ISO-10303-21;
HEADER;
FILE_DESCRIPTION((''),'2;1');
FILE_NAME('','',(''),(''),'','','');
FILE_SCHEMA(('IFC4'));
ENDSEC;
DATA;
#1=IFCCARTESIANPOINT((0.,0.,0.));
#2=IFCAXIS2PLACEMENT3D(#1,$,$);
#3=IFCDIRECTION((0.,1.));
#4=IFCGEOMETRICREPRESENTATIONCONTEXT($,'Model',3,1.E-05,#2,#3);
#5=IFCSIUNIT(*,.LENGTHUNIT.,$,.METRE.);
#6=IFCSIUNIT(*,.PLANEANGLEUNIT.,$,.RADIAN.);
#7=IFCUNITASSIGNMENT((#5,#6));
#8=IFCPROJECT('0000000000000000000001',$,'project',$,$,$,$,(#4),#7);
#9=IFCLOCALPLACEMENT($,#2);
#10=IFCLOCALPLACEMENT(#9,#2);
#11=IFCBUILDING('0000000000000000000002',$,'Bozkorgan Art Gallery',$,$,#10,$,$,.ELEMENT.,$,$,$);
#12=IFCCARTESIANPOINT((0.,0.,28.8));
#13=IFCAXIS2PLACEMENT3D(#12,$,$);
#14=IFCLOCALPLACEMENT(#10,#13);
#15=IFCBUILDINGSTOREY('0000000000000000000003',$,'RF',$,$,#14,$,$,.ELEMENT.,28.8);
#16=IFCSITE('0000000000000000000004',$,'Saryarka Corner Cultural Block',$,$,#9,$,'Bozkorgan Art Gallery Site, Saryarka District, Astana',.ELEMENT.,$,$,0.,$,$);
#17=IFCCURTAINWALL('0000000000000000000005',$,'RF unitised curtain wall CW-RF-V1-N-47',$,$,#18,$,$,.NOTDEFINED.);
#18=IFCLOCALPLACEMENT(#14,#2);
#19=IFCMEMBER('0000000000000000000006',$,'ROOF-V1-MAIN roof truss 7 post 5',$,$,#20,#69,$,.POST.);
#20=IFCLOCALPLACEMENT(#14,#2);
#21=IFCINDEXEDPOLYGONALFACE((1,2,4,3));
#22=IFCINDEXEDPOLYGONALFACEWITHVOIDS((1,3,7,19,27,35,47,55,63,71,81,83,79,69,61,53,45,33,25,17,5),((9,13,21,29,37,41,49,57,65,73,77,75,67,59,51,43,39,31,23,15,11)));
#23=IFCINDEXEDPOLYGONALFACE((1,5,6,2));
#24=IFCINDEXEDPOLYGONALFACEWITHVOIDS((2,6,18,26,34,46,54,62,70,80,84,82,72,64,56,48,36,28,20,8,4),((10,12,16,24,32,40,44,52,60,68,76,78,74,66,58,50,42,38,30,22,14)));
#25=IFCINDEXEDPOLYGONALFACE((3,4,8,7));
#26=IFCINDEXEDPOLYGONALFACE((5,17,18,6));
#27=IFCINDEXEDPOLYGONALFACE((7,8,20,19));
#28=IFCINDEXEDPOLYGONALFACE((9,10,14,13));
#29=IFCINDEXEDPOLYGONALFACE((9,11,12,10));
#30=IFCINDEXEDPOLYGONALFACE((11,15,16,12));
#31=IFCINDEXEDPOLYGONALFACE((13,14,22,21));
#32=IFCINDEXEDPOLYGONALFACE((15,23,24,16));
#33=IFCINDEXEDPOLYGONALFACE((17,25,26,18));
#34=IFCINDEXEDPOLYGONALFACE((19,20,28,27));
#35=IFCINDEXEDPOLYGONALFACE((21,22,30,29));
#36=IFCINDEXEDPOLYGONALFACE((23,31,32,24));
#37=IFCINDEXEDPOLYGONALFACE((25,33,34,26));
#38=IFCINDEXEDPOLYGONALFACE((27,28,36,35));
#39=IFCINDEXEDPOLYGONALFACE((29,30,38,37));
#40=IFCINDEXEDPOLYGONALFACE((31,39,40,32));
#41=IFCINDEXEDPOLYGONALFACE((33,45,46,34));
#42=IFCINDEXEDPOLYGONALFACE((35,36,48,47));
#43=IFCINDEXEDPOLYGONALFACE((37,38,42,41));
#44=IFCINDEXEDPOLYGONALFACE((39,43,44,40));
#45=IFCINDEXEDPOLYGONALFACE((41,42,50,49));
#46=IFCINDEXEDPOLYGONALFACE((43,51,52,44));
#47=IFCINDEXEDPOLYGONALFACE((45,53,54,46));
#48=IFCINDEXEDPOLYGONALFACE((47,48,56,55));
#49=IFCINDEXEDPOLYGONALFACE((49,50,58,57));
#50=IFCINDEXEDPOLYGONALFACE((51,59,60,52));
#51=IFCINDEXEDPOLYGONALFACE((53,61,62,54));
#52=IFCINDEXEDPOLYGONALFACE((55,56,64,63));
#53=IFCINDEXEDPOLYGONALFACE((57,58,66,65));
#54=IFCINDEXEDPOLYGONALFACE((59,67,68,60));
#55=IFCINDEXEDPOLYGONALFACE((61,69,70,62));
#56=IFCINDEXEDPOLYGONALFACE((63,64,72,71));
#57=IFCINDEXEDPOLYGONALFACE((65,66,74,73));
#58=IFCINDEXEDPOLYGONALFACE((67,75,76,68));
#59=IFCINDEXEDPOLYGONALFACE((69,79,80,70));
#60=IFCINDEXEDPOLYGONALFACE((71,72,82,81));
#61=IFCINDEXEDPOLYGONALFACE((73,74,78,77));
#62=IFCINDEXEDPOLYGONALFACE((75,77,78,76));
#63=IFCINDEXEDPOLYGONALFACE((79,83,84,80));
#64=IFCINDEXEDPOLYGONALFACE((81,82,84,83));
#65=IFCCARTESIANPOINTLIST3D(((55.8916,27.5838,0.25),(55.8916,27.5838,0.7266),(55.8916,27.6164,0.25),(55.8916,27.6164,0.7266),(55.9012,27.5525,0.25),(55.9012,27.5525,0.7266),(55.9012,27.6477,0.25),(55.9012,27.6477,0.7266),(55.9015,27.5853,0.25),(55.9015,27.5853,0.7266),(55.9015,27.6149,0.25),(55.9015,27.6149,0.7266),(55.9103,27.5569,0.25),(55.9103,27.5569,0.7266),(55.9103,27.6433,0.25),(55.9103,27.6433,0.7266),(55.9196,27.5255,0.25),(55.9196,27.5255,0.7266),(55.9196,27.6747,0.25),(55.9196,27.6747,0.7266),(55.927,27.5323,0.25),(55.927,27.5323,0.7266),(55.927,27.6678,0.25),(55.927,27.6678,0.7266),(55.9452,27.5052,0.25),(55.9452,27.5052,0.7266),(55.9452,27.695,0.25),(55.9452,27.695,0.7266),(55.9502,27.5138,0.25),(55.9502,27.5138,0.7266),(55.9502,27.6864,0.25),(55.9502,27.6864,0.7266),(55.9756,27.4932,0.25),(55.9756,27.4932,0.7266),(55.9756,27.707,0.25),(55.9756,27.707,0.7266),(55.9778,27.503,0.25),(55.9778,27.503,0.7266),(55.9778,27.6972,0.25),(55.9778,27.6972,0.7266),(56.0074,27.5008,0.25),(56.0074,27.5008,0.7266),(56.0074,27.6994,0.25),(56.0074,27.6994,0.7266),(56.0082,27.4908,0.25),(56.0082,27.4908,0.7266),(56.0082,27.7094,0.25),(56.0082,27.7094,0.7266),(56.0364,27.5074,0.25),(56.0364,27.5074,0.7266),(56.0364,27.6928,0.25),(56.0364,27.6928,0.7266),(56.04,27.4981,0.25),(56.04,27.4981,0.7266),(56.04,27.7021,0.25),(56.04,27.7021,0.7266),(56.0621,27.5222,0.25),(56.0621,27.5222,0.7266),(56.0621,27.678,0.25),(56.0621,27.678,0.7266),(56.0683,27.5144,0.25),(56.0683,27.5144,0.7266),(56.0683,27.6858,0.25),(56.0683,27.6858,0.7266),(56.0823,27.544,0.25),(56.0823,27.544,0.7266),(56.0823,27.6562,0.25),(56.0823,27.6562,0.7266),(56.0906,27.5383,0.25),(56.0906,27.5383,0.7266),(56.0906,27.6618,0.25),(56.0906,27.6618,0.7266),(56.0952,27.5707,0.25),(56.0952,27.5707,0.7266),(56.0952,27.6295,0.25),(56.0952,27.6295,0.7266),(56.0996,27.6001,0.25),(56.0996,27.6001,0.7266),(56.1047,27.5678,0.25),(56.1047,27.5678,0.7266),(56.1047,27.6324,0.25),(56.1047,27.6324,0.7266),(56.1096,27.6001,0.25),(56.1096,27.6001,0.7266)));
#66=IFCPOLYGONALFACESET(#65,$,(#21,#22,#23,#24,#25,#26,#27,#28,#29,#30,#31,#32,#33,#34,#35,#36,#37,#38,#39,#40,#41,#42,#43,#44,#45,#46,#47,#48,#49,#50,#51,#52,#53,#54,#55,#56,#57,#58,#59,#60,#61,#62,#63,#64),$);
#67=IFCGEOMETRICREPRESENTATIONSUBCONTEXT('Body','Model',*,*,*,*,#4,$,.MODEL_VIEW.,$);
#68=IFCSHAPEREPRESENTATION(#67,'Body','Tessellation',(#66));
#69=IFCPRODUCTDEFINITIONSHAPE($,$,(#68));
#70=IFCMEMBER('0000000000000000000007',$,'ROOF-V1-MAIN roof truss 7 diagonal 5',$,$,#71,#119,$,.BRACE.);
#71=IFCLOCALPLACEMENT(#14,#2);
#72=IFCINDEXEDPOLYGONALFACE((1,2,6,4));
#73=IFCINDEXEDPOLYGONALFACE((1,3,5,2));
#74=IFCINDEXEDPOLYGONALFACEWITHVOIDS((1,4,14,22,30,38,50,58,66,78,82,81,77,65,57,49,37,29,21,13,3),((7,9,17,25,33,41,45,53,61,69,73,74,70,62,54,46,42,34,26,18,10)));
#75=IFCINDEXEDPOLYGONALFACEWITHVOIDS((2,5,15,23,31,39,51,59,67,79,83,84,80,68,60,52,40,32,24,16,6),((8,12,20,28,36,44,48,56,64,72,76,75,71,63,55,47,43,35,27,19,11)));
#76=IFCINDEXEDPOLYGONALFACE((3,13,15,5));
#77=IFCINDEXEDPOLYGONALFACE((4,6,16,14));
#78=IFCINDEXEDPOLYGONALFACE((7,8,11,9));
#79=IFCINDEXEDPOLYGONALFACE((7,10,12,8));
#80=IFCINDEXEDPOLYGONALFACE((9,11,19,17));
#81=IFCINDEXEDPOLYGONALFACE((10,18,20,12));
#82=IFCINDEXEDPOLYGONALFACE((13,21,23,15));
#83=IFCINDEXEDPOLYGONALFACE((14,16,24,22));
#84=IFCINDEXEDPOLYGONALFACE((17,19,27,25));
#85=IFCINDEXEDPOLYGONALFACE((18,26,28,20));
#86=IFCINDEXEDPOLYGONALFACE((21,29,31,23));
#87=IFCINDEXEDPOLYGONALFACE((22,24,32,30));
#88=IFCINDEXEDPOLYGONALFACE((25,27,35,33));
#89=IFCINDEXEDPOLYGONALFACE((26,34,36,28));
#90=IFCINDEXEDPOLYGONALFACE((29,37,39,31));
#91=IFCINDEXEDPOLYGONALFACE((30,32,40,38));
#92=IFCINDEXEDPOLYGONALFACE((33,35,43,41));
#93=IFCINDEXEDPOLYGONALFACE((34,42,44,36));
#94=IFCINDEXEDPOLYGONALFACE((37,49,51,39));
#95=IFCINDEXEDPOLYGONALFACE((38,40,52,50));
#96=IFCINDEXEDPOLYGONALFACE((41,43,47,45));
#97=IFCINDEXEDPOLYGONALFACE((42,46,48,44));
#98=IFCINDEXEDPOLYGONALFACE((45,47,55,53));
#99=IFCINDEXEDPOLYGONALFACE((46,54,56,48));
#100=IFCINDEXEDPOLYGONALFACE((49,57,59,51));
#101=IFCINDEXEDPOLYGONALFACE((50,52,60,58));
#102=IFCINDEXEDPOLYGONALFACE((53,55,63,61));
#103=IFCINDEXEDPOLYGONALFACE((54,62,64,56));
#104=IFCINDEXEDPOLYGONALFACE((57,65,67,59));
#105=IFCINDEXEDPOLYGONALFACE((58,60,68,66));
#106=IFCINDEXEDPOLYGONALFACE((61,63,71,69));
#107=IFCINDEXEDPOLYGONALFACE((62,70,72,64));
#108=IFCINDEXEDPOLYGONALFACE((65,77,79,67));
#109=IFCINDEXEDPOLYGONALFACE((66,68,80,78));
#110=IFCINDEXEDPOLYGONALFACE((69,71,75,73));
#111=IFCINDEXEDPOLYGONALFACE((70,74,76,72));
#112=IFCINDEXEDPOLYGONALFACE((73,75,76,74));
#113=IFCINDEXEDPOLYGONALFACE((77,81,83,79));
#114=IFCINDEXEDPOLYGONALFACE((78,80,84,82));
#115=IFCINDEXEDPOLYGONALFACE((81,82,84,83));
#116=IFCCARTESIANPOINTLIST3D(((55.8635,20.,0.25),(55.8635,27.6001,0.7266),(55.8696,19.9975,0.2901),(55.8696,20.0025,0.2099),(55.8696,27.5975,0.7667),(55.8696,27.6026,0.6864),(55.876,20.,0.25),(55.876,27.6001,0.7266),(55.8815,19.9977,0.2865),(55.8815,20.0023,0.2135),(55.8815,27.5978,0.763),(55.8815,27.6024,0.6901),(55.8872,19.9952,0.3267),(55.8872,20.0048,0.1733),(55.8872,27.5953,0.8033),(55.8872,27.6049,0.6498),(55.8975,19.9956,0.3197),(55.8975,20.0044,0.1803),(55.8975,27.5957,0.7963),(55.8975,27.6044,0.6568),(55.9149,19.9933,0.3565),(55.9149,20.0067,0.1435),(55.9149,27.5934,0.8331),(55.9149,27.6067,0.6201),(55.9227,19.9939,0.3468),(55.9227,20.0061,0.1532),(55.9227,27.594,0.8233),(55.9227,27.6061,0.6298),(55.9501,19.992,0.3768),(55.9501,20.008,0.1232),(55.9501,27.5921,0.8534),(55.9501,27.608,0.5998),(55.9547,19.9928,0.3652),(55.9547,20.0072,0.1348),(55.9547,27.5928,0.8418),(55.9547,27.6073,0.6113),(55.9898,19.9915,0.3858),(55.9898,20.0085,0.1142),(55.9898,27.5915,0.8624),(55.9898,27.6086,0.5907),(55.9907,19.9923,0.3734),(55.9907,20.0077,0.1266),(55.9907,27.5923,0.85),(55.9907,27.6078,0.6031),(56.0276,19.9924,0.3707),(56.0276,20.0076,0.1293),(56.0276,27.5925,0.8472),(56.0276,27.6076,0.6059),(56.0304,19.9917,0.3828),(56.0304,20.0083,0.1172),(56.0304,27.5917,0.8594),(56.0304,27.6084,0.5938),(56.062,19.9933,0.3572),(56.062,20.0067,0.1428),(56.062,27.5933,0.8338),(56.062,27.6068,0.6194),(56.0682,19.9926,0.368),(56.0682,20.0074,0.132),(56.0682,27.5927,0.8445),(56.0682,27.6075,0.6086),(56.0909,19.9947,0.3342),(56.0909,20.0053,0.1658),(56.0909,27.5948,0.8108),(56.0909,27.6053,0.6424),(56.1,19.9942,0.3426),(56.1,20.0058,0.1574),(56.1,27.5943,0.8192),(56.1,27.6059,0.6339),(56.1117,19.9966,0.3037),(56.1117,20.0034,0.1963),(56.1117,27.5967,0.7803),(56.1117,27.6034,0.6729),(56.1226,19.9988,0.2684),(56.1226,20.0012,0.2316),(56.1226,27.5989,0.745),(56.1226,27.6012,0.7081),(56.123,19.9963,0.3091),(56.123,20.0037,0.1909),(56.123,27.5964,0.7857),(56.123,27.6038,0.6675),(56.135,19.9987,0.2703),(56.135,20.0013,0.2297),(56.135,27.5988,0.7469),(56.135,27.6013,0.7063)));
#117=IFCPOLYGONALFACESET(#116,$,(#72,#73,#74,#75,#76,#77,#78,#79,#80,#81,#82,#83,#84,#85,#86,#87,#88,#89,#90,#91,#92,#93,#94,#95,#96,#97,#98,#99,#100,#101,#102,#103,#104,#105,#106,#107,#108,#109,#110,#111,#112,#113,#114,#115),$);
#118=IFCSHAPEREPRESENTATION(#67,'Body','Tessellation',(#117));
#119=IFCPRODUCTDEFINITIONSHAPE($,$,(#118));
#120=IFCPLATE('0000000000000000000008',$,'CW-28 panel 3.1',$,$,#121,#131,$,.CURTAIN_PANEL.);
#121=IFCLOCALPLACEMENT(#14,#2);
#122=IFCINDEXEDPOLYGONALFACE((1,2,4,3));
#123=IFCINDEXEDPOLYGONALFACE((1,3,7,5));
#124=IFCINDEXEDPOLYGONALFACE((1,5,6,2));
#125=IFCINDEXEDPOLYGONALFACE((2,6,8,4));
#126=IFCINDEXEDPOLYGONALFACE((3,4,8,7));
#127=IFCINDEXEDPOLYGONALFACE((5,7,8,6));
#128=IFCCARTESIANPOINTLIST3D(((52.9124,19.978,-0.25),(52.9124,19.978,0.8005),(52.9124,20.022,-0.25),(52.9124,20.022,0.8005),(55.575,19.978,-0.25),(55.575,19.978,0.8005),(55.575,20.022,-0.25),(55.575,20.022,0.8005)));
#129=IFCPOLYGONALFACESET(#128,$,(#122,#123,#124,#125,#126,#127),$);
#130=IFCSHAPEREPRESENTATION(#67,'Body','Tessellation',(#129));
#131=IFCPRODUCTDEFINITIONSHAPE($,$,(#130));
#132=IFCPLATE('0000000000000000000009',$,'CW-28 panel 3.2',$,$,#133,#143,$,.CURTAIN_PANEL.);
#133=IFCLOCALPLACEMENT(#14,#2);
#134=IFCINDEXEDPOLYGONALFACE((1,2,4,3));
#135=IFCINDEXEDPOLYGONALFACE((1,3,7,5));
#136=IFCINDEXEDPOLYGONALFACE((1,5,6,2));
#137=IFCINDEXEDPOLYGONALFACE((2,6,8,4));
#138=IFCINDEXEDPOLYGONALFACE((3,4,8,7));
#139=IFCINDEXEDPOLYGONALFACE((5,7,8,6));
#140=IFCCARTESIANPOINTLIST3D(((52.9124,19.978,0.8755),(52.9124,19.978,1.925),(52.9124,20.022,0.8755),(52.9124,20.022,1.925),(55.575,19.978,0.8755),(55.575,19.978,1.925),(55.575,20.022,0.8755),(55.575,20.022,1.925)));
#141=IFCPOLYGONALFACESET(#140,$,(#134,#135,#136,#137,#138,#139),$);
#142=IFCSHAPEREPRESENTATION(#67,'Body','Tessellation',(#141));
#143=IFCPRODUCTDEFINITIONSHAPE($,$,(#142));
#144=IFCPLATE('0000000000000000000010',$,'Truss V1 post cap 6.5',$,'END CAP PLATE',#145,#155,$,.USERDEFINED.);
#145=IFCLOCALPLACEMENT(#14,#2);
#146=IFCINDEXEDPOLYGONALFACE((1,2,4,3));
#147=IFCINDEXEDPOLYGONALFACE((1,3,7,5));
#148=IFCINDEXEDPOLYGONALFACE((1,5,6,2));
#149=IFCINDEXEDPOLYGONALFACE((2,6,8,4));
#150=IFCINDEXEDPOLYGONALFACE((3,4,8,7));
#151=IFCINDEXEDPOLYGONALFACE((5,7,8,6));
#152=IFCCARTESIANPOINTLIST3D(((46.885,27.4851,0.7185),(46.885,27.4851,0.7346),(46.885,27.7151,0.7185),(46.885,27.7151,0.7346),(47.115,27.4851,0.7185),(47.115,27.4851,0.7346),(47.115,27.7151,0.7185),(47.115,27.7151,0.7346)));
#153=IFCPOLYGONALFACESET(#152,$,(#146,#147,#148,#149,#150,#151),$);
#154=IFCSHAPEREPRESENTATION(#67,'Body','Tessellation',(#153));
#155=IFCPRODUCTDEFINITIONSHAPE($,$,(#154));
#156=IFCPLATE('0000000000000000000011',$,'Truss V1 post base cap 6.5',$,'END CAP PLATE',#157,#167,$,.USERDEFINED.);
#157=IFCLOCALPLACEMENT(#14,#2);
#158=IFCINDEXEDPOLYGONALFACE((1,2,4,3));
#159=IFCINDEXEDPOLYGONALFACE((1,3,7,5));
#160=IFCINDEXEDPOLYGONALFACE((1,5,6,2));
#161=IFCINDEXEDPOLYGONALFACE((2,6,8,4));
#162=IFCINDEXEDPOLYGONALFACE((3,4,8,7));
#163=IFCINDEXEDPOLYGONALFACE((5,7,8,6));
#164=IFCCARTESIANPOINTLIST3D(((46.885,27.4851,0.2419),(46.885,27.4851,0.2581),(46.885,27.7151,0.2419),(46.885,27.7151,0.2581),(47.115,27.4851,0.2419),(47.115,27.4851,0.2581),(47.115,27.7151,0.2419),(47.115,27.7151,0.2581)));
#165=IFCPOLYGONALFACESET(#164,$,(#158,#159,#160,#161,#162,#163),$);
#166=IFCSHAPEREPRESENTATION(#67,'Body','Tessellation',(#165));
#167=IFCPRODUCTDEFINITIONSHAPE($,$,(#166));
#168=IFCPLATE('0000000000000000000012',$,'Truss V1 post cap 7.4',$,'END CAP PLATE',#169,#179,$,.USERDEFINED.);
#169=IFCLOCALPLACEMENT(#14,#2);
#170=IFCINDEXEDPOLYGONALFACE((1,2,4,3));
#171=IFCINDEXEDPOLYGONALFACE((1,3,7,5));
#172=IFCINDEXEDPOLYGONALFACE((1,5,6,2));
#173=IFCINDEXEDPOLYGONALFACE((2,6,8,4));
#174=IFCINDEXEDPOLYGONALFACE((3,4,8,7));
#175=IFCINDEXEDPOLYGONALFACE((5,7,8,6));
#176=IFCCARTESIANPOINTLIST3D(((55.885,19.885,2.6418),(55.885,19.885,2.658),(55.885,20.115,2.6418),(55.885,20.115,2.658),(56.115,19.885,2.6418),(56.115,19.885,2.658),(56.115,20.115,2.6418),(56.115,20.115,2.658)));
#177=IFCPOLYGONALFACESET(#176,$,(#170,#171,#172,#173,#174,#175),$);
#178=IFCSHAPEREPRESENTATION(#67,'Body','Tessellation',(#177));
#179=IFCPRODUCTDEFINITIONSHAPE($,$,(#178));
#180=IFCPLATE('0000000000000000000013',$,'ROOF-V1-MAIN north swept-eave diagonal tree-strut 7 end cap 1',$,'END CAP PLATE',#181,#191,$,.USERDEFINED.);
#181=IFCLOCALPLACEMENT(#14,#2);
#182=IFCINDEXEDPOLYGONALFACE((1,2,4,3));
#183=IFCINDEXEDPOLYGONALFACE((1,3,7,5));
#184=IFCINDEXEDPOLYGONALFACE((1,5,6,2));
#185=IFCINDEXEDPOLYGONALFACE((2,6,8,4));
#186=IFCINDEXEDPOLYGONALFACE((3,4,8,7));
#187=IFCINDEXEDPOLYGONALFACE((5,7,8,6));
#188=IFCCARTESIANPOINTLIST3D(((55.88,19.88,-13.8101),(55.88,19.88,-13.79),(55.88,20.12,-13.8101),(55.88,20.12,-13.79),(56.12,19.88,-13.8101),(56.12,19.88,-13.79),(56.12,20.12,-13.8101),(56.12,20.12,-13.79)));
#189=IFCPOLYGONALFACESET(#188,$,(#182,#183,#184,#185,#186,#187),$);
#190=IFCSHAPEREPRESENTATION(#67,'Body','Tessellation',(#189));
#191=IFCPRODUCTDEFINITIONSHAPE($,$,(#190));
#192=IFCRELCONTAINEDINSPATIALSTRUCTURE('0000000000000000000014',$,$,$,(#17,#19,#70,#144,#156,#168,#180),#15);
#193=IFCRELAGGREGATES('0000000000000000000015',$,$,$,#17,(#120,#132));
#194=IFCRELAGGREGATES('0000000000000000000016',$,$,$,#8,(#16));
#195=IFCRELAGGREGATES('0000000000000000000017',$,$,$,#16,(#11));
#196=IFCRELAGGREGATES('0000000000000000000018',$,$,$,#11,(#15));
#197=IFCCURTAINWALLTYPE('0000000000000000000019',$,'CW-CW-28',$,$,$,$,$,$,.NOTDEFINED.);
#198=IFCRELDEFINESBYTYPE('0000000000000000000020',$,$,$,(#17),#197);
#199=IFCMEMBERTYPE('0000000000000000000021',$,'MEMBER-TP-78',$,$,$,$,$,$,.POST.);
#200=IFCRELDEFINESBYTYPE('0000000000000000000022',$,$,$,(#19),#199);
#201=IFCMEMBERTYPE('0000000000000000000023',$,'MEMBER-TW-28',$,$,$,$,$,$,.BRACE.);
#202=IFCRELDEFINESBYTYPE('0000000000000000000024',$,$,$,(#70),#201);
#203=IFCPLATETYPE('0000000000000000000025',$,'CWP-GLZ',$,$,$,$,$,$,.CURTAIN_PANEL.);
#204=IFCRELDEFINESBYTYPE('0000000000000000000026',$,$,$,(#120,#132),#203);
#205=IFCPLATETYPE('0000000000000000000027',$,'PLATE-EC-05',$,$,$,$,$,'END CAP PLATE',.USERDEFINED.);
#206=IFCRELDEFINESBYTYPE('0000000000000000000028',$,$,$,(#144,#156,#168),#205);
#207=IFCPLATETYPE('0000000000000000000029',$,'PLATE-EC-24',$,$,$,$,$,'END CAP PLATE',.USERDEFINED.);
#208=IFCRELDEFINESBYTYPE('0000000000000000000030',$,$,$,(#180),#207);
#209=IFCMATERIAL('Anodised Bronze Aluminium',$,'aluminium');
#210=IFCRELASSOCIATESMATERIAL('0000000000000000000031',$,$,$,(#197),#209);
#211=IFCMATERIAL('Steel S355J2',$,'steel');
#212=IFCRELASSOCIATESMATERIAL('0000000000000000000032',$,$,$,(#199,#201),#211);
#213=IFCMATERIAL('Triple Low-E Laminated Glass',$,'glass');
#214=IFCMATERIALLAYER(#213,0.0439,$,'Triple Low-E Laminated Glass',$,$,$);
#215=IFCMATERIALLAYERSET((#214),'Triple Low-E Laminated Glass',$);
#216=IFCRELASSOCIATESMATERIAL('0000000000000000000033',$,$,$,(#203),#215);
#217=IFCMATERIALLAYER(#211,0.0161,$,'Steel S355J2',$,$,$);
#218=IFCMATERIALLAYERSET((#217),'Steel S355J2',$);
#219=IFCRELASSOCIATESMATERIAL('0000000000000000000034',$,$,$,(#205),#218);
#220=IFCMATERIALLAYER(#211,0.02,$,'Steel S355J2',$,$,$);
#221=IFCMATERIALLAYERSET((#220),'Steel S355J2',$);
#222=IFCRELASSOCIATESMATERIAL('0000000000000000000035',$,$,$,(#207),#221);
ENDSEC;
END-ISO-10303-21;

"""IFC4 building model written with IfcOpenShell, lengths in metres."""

from ifc_helpers import new_model, si_unit, direction, frame, origin, origin_2d, place, context, subcontext, project, spatial, rectangle, hollow_circle, extrude, material, layer, layer_set, material_profile, profile_set, type_object, element, aggregate, save


model = new_model("IFC4")

# Units and contexts
model_context = context("Model", 3, precision=1e-05, world=origin(), true_north=direction((0.0, 1.0)))
body_context = subcontext(model_context, "Body", "Model", "MODEL_VIEW")
ifc_project = project(units=[si_unit("LENGTHUNIT", "METRE"), si_unit("PLANEANGLEUNIT", "RADIAN")], contexts=[model_context])

# Site, building, storey
site_placement = place(None, origin())
site = spatial("IfcSite", under=ifc_project, at=site_placement, Name="Saryarka Corner Cultural Block", LongName="Bozkorgan Art Gallery Site, Saryarka District, Astana", CompositionType="ELEMENT", RefElevation=0.0)
building_placement = place(site_placement, origin())
building = spatial("IfcBuilding", under=site, at=building_placement, Name="Bozkorgan Art Gallery", CompositionType="ELEMENT")
storey_placement = place(building_placement, frame((0.0, 0.0, 28.8)))
storey = spatial("IfcBuildingStorey", under=building, at=storey_placement, Name="RF", CompositionType="ELEMENT", Elevation=28.8)

# Curtain wall
ifc_material_1 = material(Name="Anodised Bronze Aluminium", Category="aluminium")
curtain_wall_type = type_object("IfcCurtainWallType", Name="CW-CW-28", PredefinedType="NOTDEFINED", material=ifc_material_1)
curtain_wall_placement = place(storey_placement, origin())
curtain_wall = element("IfcCurtainWall", 1, at=curtain_wall_placement, inside=storey, type_object=curtain_wall_type, Name="RF unitised curtain wall CW-RF-V1-N-47", PredefinedType="NOTDEFINED")

# Members
ifc_material_2 = material(Name="Steel S355J2", Category="steel")
ifc_material_profile_1 = material_profile(ifc_material_2, hollow_circle(Radius=0.1096, WallThickness=0.01, at=origin_2d()), Name="CHS 219.1x10")
ifc_profile_set_1 = profile_set([ifc_material_profile_1], Name="Steel S355J2")
member_type_1 = type_object("IfcMemberType", Name="MEMBER-TP-78", PredefinedType="POST", material=ifc_profile_set_1)
member_1_placement = place(storey_placement, frame((56.0, 27.6001, 0.25), z_axis=(0.0, 0.0, 1.0), x_axis=(1.0, 0.0, 0.0)))
element("IfcMember", 2, at=member_1_placement, inside=storey, type_object=member_type_1, Name="ROOF-V1-MAIN roof truss 7 post 5", PredefinedType="POST", context=body_context, shape_type="SweptSolid", body=[
    extrude(hollow_circle(Radius=0.1096, WallThickness=0.01, at=origin_2d()), origin(), (0.0, 0.0, 1.0), 0.4766),
])
ifc_material_profile_2 = material_profile(ifc_material_2, hollow_circle(Radius=0.1365, WallThickness=0.0125, at=origin_2d()), Name="CHS 273x12.5")
ifc_profile_set_2 = profile_set([ifc_material_profile_2], Name="Steel S355J2")
member_type_2 = type_object("IfcMemberType", Name="MEMBER-TW-28", PredefinedType="BRACE", material=ifc_profile_set_2)
member_2_placement = place(storey_placement, frame((56.0, 20.0, 0.25), z_axis=(0.0, 0.99804, 0.062582), x_axis=(-1.0, 0.0, 0.0)))
element("IfcMember", 3, at=member_2_placement, inside=storey, type_object=member_type_2, Name="ROOF-V1-MAIN roof truss 7 diagonal 5", PredefinedType="BRACE", context=body_context, shape_type="SweptSolid", body=[
    extrude(hollow_circle(Radius=0.1365, WallThickness=0.0125, at=origin_2d()), origin(), (0.0, 0.0, 1.0), 7.615),
])

# Plates
ifc_material_3 = material(Name="Triple Low-E Laminated Glass", Category="glass")
ifc_layer_1 = layer(ifc_material_3, 0.0439, Name="Triple Low-E Laminated Glass")
ifc_layer_set_1 = layer_set([ifc_layer_1], Name="Triple Low-E Laminated Glass")
plate_type_1 = type_object("IfcPlateType", Name="CWP-GLZ", PredefinedType="CURTAIN_PANEL", material=ifc_layer_set_1)
plate_1_placement = place(storey_placement, frame((54.2437, 20.0, -0.25), z_axis=(0.0, 0.0, 1.0), x_axis=(1.0, 0.0, 0.0)))
plate_1 = element("IfcPlate", 4, at=plate_1_placement, type_object=plate_type_1, Name="CW-28 panel 3.1", PredefinedType="CURTAIN_PANEL", context=body_context, shape_type="SweptSolid", body=[
    extrude(rectangle(XDim=2.6626, YDim=0.0439, at=origin_2d()), origin(), (0.0, 0.0, 1.0), 1.0505),
])
plate_2_placement = place(storey_placement, frame((54.2437, 20.0, 0.8755), z_axis=(0.0, 0.0, 1.0), x_axis=(1.0, 0.0, 0.0)))
plate_2 = element("IfcPlate", 5, at=plate_2_placement, type_object=plate_type_1, Name="CW-28 panel 3.2", PredefinedType="CURTAIN_PANEL", context=body_context, shape_type="SweptSolid", body=[
    extrude(rectangle(XDim=2.6626, YDim=0.0439, at=origin_2d()), origin(), (0.0, 0.0, 1.0), 1.0496),
])
aggregate(curtain_wall, [plate_1, plate_2])

# Plates
ifc_layer_2 = layer(ifc_material_2, 0.0161, Name="Steel S355J2")
ifc_layer_set_2 = layer_set([ifc_layer_2], Name="Steel S355J2")
plate_type_2 = type_object("IfcPlateType", Name="PLATE-EC-05", ElementType="END CAP PLATE", PredefinedType="USERDEFINED", material=ifc_layer_set_2)
for number, where, z_axis, x_axis, name in (
    (6, (47.0, 27.6001, 0.7185), (0.0, 0.0, 1.0), (1.0, 0.0, 0.0), "Truss V1 post cap 6.5"),
    (7, (47.0, 27.6001, 0.2419), (0.0, 0.0, 1.0), (1.0, 0.0, 0.0), "Truss V1 post base cap 6.5"),
    (8, (56.0, 20.0, 2.6418), (0.0, 0.0, 1.0), (1.0, 0.0, 0.0), "Truss V1 post cap 7.4"),
):
    element("IfcPlate", number, at=place(storey_placement, frame(where, z_axis=z_axis, x_axis=x_axis)), inside=storey, type_object=plate_type_2, Name=name, ObjectType="END CAP PLATE", PredefinedType="USERDEFINED", context=body_context, shape_type="SweptSolid", body=[
        extrude(rectangle(XDim=0.23, YDim=0.23, at=origin_2d()), origin(), (0.0, 0.0, 1.0), 0.0161),
    ])
ifc_layer_3 = layer(ifc_material_2, 0.02, Name="Steel S355J2")
ifc_layer_set_3 = layer_set([ifc_layer_3], Name="Steel S355J2")
plate_type_3 = type_object("IfcPlateType", Name="PLATE-EC-24", ElementType="END CAP PLATE", PredefinedType="USERDEFINED", material=ifc_layer_set_3)
plate_3_placement = place(storey_placement, frame((56.0, 20.0, -13.8101), z_axis=(0.0, 0.0, 1.0), x_axis=(1.0, 0.0, 0.0)))
element("IfcPlate", 9, at=plate_3_placement, inside=storey, type_object=plate_type_3, Name="ROOF-V1-MAIN north swept-eave diagonal tree-strut 7 end cap 1", ObjectType="END CAP PLATE", PredefinedType="USERDEFINED", context=body_context, shape_type="SweptSolid", body=[
    extrude(rectangle(XDim=0.24, YDim=0.24, at=origin_2d()), origin(), (0.0, 0.0, 1.0), 0.02),
])

save(model, "model.ifc")
